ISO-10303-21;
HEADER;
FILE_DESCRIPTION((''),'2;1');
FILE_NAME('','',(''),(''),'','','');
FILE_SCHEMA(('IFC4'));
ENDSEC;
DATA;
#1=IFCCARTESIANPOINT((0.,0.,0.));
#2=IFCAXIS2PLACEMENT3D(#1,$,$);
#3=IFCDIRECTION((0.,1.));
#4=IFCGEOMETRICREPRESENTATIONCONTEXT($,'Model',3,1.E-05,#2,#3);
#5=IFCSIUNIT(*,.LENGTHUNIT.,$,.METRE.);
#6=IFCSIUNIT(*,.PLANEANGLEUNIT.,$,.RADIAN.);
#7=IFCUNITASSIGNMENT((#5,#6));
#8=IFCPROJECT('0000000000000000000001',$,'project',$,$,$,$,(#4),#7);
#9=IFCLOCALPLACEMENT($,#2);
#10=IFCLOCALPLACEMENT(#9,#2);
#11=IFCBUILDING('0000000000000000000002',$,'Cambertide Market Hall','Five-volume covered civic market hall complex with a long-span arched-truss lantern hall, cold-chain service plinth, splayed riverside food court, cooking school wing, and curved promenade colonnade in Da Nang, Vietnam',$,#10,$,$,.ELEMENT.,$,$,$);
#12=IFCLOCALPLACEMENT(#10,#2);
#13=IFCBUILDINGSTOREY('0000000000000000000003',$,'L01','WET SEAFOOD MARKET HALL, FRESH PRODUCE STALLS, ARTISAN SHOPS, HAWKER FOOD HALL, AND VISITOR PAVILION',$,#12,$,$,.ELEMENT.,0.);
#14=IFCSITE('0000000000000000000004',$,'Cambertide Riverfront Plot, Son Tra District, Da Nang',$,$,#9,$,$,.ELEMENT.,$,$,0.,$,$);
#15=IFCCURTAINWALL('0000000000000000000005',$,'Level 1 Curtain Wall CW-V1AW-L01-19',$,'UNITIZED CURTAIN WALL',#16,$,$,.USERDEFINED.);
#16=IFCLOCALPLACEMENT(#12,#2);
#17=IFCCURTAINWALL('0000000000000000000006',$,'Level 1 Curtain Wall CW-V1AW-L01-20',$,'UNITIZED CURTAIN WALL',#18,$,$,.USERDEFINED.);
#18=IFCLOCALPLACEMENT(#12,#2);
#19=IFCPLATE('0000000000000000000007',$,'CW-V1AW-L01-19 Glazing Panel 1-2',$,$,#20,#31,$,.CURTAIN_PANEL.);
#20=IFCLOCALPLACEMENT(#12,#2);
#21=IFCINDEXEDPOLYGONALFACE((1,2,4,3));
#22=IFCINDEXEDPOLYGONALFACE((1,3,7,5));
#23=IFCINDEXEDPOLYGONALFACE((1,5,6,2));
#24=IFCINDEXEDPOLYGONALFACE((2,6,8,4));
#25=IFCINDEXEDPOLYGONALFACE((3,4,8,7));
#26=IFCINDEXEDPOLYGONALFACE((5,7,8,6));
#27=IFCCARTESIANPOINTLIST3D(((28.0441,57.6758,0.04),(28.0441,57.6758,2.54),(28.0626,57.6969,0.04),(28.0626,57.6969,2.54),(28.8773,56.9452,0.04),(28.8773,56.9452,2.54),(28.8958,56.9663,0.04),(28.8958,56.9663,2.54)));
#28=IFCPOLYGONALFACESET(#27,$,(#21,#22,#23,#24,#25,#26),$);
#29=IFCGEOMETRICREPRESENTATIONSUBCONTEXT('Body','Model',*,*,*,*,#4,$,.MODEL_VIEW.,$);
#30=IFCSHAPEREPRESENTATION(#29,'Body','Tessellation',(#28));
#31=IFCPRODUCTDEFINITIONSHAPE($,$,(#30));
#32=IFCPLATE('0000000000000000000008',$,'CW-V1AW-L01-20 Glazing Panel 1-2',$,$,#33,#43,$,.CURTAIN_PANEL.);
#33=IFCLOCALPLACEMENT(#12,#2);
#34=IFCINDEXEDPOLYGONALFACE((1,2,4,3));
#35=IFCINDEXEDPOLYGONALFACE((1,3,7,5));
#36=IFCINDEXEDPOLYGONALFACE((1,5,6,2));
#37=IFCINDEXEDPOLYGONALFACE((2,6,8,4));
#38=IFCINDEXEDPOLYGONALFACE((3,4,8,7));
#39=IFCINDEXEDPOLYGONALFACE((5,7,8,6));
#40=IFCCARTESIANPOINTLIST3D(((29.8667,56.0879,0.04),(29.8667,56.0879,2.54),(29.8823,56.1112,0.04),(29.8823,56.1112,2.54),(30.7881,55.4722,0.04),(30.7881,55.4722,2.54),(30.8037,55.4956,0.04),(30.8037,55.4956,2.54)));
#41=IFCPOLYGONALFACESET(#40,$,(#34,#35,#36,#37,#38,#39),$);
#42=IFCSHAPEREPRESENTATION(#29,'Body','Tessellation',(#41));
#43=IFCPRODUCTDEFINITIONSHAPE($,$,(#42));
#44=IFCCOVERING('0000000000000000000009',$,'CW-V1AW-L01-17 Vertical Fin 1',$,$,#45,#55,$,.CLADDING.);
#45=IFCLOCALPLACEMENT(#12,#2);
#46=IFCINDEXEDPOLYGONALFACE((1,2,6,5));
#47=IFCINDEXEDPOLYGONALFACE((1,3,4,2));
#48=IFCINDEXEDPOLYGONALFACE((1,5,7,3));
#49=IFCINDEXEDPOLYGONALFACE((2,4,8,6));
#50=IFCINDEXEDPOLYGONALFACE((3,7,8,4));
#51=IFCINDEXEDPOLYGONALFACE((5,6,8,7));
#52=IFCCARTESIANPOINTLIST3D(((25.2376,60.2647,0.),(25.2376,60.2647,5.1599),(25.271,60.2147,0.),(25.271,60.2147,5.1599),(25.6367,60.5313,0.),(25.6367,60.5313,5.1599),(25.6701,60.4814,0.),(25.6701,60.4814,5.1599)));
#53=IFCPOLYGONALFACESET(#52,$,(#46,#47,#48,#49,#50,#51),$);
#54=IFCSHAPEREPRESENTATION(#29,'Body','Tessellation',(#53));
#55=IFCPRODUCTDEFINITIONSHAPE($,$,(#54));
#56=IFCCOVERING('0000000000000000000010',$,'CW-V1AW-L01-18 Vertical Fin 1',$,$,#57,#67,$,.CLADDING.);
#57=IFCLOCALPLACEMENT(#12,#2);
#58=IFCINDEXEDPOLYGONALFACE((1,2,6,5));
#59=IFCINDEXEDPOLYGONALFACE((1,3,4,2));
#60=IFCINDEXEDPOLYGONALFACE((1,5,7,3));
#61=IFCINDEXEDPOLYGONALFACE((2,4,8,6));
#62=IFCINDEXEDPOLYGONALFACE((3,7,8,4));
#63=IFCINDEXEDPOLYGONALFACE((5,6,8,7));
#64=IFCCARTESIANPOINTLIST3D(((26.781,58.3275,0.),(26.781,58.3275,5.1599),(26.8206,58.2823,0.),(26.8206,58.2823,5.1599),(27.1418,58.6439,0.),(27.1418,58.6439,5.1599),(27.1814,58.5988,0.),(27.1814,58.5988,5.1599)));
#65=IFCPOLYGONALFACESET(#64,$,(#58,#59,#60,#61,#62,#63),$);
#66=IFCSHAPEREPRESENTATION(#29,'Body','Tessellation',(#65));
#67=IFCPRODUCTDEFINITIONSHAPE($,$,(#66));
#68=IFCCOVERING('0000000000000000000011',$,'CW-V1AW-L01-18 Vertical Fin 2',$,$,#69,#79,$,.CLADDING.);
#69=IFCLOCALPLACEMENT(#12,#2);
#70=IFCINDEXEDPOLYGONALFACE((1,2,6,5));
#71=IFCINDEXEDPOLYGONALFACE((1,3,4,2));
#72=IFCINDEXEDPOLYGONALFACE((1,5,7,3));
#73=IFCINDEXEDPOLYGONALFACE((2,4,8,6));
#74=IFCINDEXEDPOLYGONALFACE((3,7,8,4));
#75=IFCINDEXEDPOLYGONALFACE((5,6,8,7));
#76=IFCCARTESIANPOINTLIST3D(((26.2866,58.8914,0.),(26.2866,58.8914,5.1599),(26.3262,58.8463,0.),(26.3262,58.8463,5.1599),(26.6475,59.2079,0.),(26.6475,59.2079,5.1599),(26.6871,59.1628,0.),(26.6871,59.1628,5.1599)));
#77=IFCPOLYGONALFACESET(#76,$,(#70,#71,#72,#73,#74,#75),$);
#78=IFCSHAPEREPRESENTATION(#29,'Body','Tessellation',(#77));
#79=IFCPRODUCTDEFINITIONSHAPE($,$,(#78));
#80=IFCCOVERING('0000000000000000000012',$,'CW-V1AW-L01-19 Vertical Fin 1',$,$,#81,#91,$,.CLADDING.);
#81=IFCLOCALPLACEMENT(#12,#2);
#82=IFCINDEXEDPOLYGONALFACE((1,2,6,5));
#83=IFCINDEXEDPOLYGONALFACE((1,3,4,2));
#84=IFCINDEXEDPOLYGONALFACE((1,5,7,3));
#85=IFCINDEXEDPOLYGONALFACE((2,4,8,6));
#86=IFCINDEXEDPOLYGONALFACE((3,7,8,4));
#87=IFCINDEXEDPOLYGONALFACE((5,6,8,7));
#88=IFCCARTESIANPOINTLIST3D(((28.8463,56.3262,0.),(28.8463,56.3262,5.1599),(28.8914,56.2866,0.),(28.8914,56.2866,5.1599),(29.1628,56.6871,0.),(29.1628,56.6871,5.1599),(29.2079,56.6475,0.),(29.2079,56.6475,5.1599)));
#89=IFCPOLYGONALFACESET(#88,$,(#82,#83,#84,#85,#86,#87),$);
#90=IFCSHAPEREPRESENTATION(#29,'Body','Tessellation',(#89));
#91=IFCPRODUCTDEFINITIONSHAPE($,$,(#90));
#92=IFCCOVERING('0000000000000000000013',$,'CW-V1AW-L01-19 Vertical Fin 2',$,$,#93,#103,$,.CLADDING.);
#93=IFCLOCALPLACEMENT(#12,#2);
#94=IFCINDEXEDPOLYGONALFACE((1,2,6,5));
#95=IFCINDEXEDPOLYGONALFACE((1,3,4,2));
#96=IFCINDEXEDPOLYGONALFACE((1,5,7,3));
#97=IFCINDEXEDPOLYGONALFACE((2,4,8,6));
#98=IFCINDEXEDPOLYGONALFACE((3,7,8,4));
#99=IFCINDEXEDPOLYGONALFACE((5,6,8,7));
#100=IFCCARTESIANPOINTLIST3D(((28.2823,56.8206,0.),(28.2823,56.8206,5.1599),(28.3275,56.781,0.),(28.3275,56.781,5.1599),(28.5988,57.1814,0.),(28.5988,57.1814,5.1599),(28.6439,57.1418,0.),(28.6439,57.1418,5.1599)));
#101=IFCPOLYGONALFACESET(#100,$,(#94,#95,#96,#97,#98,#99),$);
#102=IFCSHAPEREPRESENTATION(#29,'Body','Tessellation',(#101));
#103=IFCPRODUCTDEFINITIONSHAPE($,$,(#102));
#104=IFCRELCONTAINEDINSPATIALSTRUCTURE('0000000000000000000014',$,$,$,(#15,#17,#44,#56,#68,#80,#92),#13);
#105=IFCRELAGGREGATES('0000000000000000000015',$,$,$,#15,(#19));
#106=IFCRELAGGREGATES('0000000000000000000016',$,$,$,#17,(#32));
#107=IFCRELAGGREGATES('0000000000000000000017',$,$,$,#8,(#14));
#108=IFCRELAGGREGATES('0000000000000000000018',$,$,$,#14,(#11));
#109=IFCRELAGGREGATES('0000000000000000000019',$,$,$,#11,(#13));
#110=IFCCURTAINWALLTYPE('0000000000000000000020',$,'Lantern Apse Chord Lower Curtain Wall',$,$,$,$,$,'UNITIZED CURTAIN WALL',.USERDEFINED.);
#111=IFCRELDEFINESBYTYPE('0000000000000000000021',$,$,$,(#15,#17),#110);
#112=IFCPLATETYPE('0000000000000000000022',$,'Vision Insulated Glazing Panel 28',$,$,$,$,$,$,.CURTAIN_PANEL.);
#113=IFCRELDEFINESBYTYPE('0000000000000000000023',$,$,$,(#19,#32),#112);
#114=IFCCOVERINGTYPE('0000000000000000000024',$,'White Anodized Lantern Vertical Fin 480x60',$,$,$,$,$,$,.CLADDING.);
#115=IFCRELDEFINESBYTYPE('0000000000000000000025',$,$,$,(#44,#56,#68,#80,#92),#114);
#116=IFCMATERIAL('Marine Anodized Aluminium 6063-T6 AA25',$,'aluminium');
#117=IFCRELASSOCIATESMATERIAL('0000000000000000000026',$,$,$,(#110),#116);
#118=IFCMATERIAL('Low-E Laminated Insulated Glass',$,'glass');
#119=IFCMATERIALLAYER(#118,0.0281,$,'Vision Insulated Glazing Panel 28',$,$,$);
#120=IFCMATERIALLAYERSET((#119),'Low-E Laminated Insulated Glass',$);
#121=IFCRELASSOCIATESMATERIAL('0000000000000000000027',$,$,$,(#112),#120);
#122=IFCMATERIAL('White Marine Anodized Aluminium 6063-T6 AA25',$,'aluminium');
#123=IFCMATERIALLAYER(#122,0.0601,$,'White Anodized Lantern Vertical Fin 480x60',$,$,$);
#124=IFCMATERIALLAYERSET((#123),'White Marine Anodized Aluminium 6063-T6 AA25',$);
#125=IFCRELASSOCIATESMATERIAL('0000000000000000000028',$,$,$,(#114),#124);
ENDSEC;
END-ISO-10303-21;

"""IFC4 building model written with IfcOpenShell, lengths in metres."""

from ifc_helpers import new_model, si_unit, direction, frame, origin, origin_2d, place, context, subcontext, project, spatial, rectangle, extrude, material, layer, layer_set, type_object, element, aggregate, save


model = new_model("IFC4")

# Units and contexts
model_context = context("Model", 3, precision=1e-05, world=origin(), true_north=direction((0.0, 1.0)))
body_context = subcontext(model_context, "Body", "Model", "MODEL_VIEW")
ifc_project = project(units=[si_unit("LENGTHUNIT", "METRE"), si_unit("PLANEANGLEUNIT", "RADIAN")], contexts=[model_context])

# Site, building, storey
site_placement = place(None, origin())
site = spatial("IfcSite", under=ifc_project, at=site_placement, Name="Cambertide Riverfront Plot, Son Tra District, Da Nang", CompositionType="ELEMENT", RefElevation=0.0)
building_placement = place(site_placement, origin())
building = spatial("IfcBuilding", under=site, at=building_placement, Name="Cambertide Market Hall", Description="Five-volume covered civic market hall complex with a long-span arched-truss lantern hall, cold-chain service plinth, splayed riverside food court, cooking school wing, and curved promenade colonnade in Da Nang, Vietnam", CompositionType="ELEMENT")
storey_placement = place(building_placement, origin())
storey = spatial("IfcBuildingStorey", under=building, at=storey_placement, Name="L01", Description="WET SEAFOOD MARKET HALL, FRESH PRODUCE STALLS, ARTISAN SHOPS, HAWKER FOOD HALL, AND VISITOR PAVILION", CompositionType="ELEMENT", Elevation=0.0)

# Curtain wall
ifc_material_1 = material(Name="Marine Anodized Aluminium 6063-T6 AA25", Category="aluminium")
curtain_wall_type = type_object("IfcCurtainWallType", Name="Lantern Apse Chord Lower Curtain Wall", ElementType="UNITIZED CURTAIN WALL", PredefinedType="USERDEFINED", material=ifc_material_1)
curtain_wall_1_placement = place(storey_placement, origin())
curtain_wall_1 = element("IfcCurtainWall", 1, at=curtain_wall_1_placement, inside=storey, type_object=curtain_wall_type, Name="Level 1 Curtain Wall CW-V1AW-L01-19", ObjectType="UNITIZED CURTAIN WALL", PredefinedType="USERDEFINED")

# Curtain wall
curtain_wall_2_placement = place(storey_placement, origin())
curtain_wall_2 = element("IfcCurtainWall", 2, at=curtain_wall_2_placement, inside=storey, type_object=curtain_wall_type, Name="Level 1 Curtain Wall CW-V1AW-L01-20", ObjectType="UNITIZED CURTAIN WALL", PredefinedType="USERDEFINED")

# Plates
ifc_material_2 = material(Name="Low-E Laminated Insulated Glass", Category="glass")
ifc_layer_1 = layer(ifc_material_2, 0.0281, Name="Vision Insulated Glazing Panel 28")
ifc_layer_set_1 = layer_set([ifc_layer_1], Name="Low-E Laminated Insulated Glass")
plate_type = type_object("IfcPlateType", Name="Vision Insulated Glazing Panel 28", PredefinedType="CURTAIN_PANEL", material=ifc_layer_set_1)
plate_1_placement = place(storey_placement, frame((28.47, 57.321, 0.04), z_axis=(0.0, 0.0, 1.0), x_axis=(-0.75184, 0.659346, 0.0)))
plate_1 = element("IfcPlate", 3, at=plate_1_placement, type_object=plate_type, Name="CW-V1AW-L01-19 Glazing Panel 1-2", PredefinedType="CURTAIN_PANEL", context=body_context, shape_type="SweptSolid", body=[
    extrude(rectangle(XDim=1.1082, YDim=0.0281, at=origin_2d()), origin(), (0.0, 0.0, 1.0), 2.5),
])
aggregate(curtain_wall_1, [plate_1])
plate_2_placement = place(storey_placement, frame((30.3352, 55.7917, 0.04), z_axis=(0.0, 0.0, 1.0), x_axis=(-0.83147, 0.55557, 0.0)))
plate_2 = element("IfcPlate", 4, at=plate_2_placement, type_object=plate_type, Name="CW-V1AW-L01-20 Glazing Panel 1-2", PredefinedType="CURTAIN_PANEL", context=body_context, shape_type="SweptSolid", body=[
    extrude(rectangle(XDim=1.1082, YDim=0.0281, at=origin_2d()), origin(), (0.0, 0.0, 1.0), 2.5),
])
aggregate(curtain_wall_2, [plate_2])

# Coverings
ifc_material_3 = material(Name="White Marine Anodized Aluminium 6063-T6 AA25", Category="aluminium")
ifc_layer_2 = layer(ifc_material_3, 0.0601, Name="White Anodized Lantern Vertical Fin 480x60")
ifc_layer_set_2 = layer_set([ifc_layer_2], Name="White Marine Anodized Aluminium 6063-T6 AA25")
covering_type = type_object("IfcCoveringType", Name="White Anodized Lantern Vertical Fin 480x60", PredefinedType="CLADDING", material=ifc_layer_set_2)
for number, where, z_axis, x_axis, name in (
    (5, (25.4539, 60.373, 0.0), (0.0, 0.0, 1.0), (-0.55557, 0.83147, 0.0), "CW-V1AW-L01-17 Vertical Fin 1"),
    (6, (26.9812, 58.4631, 0.0), (0.0, 0.0, 1.0), (-0.659346, 0.75184, 0.0), "CW-V1AW-L01-18 Vertical Fin 1"),
    (7, (26.4868, 59.0271, 0.0), (0.0, 0.0, 1.0), (-0.659346, 0.75184, 0.0), "CW-V1AW-L01-18 Vertical Fin 2"),
    (8, (29.0271, 56.4868, 0.0), (0.0, 0.0, 1.0), (-0.75184, 0.659346, 0.0), "CW-V1AW-L01-19 Vertical Fin 1"),
    (9, (28.4631, 56.9812, 0.0), (0.0, 0.0, 1.0), (-0.75184, 0.659346, 0.0), "CW-V1AW-L01-19 Vertical Fin 2"),
):
    element("IfcCovering", number, at=place(storey_placement, frame(where, z_axis=z_axis, x_axis=x_axis)), inside=storey, type_object=covering_type, Name=name, PredefinedType="CLADDING", context=body_context, shape_type="SweptSolid", body=[
        extrude(rectangle(XDim=0.0601, YDim=0.48, at=origin_2d()), origin(), (0.0, 0.0, 1.0), 5.1599),
    ])

save(model, "model.ifc")
